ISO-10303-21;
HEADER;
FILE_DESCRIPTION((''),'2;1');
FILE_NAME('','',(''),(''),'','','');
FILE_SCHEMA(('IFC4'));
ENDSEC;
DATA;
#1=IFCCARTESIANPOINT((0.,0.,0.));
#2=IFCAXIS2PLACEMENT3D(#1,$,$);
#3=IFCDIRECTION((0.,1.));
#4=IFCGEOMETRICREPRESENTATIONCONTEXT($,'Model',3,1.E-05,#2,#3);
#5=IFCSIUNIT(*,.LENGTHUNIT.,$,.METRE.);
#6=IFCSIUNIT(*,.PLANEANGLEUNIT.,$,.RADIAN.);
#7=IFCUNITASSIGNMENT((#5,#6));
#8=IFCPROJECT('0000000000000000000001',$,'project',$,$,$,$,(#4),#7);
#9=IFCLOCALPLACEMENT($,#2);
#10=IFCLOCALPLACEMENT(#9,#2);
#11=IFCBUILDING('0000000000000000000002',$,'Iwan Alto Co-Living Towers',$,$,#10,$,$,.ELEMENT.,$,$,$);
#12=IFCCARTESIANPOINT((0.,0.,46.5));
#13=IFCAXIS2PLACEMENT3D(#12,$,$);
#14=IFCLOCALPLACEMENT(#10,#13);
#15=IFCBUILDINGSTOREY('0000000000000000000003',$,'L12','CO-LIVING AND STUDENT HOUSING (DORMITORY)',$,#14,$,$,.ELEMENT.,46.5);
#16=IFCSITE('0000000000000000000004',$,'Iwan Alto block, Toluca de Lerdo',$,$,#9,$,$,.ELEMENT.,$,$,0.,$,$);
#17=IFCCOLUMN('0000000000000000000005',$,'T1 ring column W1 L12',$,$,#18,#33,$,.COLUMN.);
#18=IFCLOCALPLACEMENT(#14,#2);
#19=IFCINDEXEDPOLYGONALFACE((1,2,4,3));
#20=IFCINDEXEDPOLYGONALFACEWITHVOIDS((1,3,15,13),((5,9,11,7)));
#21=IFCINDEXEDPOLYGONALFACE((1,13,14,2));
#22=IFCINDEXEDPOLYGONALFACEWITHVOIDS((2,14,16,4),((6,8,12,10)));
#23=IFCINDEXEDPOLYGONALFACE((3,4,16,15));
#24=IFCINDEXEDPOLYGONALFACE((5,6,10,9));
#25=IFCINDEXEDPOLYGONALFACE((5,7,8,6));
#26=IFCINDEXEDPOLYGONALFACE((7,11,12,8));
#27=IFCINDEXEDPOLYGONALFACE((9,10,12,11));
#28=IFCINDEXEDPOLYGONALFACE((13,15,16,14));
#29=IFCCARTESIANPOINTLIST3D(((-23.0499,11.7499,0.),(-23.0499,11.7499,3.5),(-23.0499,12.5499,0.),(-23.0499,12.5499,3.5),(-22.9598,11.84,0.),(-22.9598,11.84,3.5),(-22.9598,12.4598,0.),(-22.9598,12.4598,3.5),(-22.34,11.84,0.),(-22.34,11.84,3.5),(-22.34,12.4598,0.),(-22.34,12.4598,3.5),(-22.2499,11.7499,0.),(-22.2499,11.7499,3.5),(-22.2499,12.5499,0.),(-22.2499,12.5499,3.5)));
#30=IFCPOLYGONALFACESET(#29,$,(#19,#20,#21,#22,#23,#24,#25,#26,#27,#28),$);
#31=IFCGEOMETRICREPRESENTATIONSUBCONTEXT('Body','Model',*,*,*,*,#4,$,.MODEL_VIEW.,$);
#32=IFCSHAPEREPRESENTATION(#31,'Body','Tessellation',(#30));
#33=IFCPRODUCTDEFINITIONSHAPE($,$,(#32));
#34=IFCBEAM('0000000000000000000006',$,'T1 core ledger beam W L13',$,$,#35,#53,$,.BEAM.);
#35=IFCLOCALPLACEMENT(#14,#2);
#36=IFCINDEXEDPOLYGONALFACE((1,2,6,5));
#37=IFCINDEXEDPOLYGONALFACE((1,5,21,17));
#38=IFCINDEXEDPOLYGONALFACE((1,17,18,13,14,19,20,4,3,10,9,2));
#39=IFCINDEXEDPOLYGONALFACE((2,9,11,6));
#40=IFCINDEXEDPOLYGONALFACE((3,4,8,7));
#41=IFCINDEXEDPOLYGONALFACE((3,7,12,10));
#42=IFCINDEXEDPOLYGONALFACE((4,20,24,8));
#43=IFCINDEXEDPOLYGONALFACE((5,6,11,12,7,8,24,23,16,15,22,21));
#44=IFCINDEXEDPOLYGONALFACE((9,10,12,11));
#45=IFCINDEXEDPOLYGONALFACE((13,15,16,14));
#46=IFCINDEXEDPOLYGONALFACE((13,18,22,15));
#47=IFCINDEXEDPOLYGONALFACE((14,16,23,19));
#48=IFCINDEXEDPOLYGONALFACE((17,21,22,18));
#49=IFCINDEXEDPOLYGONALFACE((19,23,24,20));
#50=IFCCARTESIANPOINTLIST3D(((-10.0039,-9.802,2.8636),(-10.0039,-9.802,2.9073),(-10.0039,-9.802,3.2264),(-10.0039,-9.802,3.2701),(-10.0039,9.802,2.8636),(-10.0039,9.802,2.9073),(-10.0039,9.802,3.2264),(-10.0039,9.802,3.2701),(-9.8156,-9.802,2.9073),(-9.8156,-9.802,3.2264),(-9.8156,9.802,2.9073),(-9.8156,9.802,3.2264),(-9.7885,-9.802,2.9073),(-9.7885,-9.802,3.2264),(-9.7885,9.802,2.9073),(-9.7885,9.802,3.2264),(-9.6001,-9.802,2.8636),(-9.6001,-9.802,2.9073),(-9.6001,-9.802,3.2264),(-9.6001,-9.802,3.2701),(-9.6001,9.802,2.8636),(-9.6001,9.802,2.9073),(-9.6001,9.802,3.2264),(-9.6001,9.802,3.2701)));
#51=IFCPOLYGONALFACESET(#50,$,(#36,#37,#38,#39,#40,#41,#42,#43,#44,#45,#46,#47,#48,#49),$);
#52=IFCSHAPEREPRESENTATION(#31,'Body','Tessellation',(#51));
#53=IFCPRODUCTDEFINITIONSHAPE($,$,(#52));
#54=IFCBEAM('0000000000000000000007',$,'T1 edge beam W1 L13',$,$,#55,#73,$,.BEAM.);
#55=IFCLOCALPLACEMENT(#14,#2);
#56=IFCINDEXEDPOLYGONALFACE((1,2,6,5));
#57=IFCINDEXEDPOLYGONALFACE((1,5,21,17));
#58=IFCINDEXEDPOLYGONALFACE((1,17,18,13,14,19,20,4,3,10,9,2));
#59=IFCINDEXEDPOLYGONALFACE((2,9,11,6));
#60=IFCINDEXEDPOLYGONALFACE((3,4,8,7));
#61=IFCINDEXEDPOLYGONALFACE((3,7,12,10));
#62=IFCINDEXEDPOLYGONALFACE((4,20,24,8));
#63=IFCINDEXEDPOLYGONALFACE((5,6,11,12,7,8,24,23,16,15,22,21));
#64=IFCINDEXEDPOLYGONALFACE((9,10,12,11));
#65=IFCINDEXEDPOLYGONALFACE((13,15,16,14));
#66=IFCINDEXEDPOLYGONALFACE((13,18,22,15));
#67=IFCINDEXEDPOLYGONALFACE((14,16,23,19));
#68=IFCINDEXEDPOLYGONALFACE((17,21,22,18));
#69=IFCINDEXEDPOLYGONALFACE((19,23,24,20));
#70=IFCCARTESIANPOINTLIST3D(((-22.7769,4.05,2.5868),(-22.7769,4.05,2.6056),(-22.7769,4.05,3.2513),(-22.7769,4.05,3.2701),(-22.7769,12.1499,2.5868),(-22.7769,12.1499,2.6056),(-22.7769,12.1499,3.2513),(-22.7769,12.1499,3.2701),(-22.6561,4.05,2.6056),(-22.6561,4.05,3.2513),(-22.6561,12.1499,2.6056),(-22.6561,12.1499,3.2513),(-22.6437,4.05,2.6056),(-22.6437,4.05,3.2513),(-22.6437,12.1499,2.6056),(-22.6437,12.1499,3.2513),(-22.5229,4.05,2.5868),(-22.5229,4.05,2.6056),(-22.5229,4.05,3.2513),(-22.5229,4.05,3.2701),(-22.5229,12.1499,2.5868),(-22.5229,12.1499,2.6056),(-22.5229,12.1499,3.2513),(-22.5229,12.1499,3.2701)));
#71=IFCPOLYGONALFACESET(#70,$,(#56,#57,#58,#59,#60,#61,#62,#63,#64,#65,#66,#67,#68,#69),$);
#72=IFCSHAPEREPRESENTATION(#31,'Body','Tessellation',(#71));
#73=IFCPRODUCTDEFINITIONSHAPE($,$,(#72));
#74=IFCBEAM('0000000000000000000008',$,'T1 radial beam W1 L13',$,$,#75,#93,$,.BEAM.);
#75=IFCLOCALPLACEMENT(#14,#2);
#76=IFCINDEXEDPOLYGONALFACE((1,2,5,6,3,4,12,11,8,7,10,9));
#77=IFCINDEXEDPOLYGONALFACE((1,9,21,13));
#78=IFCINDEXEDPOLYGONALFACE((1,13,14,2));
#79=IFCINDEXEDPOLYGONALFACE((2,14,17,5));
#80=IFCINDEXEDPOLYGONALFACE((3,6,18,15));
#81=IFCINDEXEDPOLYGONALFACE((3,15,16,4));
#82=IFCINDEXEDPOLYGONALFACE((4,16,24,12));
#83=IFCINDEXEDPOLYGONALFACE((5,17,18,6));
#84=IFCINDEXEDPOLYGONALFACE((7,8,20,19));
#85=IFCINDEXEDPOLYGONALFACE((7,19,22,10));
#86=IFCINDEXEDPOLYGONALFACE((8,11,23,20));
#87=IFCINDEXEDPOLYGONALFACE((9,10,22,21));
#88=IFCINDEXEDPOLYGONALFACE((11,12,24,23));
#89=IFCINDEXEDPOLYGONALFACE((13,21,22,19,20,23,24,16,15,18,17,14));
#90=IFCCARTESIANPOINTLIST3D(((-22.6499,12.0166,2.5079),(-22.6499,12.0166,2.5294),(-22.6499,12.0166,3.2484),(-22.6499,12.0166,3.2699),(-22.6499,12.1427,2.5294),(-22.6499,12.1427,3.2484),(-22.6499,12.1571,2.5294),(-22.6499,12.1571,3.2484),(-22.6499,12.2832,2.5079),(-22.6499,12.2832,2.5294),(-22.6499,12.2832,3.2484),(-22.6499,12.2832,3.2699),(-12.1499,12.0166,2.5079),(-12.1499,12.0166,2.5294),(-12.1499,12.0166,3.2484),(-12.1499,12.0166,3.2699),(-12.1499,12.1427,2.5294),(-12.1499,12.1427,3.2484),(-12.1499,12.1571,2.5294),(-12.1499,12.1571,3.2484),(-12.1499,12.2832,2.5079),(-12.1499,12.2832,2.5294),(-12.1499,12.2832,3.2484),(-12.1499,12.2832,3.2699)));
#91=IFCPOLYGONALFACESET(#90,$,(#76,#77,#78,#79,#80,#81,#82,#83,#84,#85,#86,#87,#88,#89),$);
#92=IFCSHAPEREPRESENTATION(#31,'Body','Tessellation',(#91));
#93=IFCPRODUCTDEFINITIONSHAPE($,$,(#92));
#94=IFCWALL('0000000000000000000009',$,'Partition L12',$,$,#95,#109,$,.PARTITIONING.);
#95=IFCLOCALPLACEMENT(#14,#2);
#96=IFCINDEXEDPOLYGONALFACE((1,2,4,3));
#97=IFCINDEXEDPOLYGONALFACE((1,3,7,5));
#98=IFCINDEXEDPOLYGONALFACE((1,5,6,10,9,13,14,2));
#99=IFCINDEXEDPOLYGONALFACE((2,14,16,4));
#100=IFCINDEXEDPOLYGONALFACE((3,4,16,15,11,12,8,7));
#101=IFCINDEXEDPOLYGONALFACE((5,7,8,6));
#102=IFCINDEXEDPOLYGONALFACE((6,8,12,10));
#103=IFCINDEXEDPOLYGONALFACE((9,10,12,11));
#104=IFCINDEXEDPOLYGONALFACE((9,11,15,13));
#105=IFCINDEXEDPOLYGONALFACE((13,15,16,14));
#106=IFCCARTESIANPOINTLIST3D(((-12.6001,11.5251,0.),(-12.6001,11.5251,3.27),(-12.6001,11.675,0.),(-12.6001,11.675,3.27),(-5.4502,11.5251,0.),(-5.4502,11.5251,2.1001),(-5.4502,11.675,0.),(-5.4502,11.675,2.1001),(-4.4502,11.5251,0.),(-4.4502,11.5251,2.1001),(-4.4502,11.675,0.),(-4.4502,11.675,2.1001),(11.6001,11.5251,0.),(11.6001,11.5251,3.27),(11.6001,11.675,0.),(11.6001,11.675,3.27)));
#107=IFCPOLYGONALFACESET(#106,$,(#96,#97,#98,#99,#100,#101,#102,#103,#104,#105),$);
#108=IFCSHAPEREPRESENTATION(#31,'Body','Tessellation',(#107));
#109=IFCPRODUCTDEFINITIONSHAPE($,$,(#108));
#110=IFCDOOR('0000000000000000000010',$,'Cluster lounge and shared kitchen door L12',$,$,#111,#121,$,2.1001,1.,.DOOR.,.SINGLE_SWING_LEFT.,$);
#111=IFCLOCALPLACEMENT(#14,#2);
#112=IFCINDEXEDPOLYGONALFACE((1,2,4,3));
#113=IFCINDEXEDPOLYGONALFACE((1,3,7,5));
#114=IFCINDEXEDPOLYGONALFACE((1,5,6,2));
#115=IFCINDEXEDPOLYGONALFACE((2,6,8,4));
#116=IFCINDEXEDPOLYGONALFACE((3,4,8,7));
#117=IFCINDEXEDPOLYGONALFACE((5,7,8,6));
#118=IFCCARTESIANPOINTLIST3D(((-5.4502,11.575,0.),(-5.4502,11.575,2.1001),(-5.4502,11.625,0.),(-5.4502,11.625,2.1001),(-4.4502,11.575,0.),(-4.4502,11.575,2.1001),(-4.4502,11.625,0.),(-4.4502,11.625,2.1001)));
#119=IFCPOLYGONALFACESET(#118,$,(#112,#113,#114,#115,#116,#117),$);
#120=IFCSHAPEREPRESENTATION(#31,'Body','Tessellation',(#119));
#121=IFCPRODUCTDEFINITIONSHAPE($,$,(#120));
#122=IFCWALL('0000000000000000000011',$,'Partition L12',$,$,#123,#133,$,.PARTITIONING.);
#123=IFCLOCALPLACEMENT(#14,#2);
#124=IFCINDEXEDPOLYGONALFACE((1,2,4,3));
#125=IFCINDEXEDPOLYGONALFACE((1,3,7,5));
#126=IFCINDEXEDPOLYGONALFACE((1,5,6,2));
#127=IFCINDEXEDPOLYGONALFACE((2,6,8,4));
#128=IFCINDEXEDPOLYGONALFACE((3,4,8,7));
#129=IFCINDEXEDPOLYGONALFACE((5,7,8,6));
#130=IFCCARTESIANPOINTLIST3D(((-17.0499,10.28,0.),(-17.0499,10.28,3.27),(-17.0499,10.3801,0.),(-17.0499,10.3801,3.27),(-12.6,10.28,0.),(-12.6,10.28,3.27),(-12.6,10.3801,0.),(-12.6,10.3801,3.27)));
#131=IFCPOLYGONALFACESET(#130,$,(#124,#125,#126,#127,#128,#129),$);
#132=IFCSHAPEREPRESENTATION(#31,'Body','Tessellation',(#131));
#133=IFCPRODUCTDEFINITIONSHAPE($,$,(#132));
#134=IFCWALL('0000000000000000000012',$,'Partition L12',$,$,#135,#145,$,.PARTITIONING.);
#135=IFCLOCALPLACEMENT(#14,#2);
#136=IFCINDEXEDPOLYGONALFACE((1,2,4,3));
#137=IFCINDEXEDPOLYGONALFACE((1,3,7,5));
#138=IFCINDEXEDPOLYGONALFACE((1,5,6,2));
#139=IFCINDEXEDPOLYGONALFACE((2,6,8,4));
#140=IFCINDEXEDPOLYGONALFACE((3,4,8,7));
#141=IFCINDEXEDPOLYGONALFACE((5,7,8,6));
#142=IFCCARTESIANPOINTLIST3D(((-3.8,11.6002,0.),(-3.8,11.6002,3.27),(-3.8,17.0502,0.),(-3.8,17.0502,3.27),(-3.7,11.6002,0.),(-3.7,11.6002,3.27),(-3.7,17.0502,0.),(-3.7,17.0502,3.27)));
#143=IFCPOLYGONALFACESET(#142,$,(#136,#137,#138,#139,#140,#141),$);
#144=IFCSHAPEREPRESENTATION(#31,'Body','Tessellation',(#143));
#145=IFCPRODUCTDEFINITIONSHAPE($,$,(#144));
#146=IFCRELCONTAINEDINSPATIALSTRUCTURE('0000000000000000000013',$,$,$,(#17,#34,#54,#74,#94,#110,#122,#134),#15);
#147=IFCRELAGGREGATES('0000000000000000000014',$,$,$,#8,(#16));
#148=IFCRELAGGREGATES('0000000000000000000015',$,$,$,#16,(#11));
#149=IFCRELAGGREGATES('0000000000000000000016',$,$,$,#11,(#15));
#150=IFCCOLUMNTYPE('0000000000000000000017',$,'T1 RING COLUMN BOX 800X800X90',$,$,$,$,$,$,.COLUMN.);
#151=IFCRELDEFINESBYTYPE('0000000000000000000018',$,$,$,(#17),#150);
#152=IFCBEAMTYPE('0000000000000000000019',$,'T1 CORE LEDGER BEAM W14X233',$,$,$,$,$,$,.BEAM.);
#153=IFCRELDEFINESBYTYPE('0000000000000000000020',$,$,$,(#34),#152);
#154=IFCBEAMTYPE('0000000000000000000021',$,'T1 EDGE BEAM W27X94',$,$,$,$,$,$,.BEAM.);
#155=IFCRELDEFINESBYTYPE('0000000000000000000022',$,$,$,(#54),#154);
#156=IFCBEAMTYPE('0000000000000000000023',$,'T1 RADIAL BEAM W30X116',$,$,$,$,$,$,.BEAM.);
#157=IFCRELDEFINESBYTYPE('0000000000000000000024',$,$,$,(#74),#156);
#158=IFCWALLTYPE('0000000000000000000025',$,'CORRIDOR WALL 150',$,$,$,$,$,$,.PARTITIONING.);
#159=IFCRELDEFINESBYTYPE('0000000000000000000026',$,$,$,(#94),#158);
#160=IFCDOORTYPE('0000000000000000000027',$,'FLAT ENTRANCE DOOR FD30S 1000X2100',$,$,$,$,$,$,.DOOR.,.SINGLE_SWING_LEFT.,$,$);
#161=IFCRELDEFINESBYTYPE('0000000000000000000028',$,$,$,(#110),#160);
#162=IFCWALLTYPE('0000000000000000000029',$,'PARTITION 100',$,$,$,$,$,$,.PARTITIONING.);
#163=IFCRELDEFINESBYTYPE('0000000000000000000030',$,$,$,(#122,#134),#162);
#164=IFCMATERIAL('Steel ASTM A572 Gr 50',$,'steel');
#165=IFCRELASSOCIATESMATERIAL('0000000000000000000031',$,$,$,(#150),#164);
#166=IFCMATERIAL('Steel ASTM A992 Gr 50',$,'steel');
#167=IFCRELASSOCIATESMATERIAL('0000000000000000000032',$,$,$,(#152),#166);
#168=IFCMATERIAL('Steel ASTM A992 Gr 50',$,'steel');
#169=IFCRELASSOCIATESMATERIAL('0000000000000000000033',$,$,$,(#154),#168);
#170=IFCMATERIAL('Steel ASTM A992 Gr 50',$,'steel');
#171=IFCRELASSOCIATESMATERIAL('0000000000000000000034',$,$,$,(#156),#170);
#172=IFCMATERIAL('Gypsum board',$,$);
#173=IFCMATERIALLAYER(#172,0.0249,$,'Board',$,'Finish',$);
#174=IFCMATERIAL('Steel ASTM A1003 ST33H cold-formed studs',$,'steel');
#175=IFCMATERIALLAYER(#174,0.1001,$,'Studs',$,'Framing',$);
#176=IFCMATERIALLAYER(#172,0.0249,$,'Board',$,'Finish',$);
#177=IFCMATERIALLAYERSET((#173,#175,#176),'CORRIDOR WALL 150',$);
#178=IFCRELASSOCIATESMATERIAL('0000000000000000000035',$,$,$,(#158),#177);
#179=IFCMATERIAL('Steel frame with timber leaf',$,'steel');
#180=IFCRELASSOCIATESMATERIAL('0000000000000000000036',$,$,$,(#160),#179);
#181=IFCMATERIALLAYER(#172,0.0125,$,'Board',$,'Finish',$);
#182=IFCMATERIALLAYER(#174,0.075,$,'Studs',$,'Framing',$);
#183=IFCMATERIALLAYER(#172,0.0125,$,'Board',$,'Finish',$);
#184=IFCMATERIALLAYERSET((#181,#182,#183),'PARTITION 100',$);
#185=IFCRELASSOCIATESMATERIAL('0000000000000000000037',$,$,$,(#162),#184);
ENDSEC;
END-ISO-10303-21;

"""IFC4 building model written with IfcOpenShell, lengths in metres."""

from ifc_helpers import new_model, si_unit, direction, frame, frame_2d, origin, origin_2d, place, context, subcontext, project, spatial, rectangle, hollow_rectangle, i_section, extrude, material, layer, layer_set, material_profile, profile_set, type_object, element, fill, save


model = new_model("IFC4")

# Units and contexts
model_context = context("Model", 3, precision=1e-05, world=origin(), true_north=direction((0.0, 1.0)))
body_context = subcontext(model_context, "Body", "Model", "MODEL_VIEW")
ifc_project = project(units=[si_unit("LENGTHUNIT", "METRE"), si_unit("PLANEANGLEUNIT", "RADIAN")], contexts=[model_context])

# Site, building, storey
site_placement = place(None, origin())
site = spatial("IfcSite", under=ifc_project, at=site_placement, Name="Iwan Alto block, Toluca de Lerdo", CompositionType="ELEMENT", RefElevation=0.0)
building_placement = place(site_placement, origin())
building = spatial("IfcBuilding", under=site, at=building_placement, Name="Iwan Alto Co-Living Towers", CompositionType="ELEMENT")
storey_placement = place(building_placement, frame((0.0, 0.0, 46.5)))
storey = spatial("IfcBuildingStorey", under=building, at=storey_placement, Name="L12", Description="CO-LIVING AND STUDENT HOUSING (DORMITORY)", CompositionType="ELEMENT", Elevation=46.5)

# Column
ifc_material_1 = material(Name="Steel ASTM A572 Gr 50", Category="steel")
ifc_material_profile_1 = material_profile(ifc_material_1, hollow_rectangle(XDim=0.8, YDim=0.8, WallThickness=0.0901, at=origin_2d()), Name="BOX 800X800X90")
ifc_profile_set_1 = profile_set([ifc_material_profile_1], Name="Steel ASTM A572 Gr 50")
column_type = type_object("IfcColumnType", Name="T1 RING COLUMN BOX 800X800X90", PredefinedType="COLUMN", material=ifc_profile_set_1)
column_placement = place(storey_placement, frame((-22.6499, 12.1499, 0.0), z_axis=(0.0, 0.0, 1.0), x_axis=(1.0, 0.0, 0.0)))
element("IfcColumn", 1, at=column_placement, inside=storey, type_object=column_type, Name="T1 ring column W1 L12", PredefinedType="COLUMN", context=body_context, shape_type="SweptSolid", body=[
    extrude(hollow_rectangle(XDim=0.8, YDim=0.8, WallThickness=0.0901, at=origin_2d()), origin(), (0.0, 0.0, 1.0), 3.5),
])

# Beams
ifc_material_2 = material(Name="Steel ASTM A992 Gr 50", Category="steel")
ifc_material_profile_2 = material_profile(ifc_material_2, i_section(OverallWidth=0.4038, OverallDepth=0.4065, WebThickness=0.0271, FlangeThickness=0.0437, at=origin_2d()), Name="W14X233")
ifc_profile_set_2 = profile_set([ifc_material_profile_2], Name="Steel ASTM A992 Gr 50")
beam_type_1 = type_object("IfcBeamType", Name="T1 CORE LEDGER BEAM W14X233", PredefinedType="BEAM", material=ifc_profile_set_2)
beam_1_placement = place(storey_placement, frame((-9.802, 9.802, 3.0669), z_axis=(0.0, -1.0, 0.0), x_axis=(1.0, 0.0, 0.0)))
element("IfcBeam", 2, at=beam_1_placement, inside=storey, type_object=beam_type_1, Name="T1 core ledger beam W L13", PredefinedType="BEAM", context=body_context, shape_type="SweptSolid", body=[
    extrude(i_section(OverallWidth=0.4038, OverallDepth=0.4065, WebThickness=0.0271, FlangeThickness=0.0437, at=origin_2d()), origin(), (0.0, 0.0, 1.0), 19.604),
])
ifc_material_3 = material(Name="Steel ASTM A992 Gr 50", Category="steel")
ifc_material_profile_3 = material_profile(ifc_material_3, i_section(OverallWidth=0.2539, OverallDepth=0.6833, WebThickness=0.0125, FlangeThickness=0.0188, at=origin_2d()), Name="W27X94")
ifc_profile_set_3 = profile_set([ifc_material_profile_3], Name="Steel ASTM A992 Gr 50")
beam_type_2 = type_object("IfcBeamType", Name="T1 EDGE BEAM W27X94", PredefinedType="BEAM", material=ifc_profile_set_3)
beam_2_placement = place(storey_placement, frame((-22.6499, 12.1499, 2.9285), z_axis=(0.0, -1.0, 0.0), x_axis=(1.0, 0.0, 0.0)))
element("IfcBeam", 3, at=beam_2_placement, inside=storey, type_object=beam_type_2, Name="T1 edge beam W1 L13", PredefinedType="BEAM", context=body_context, shape_type="SweptSolid", body=[
    extrude(i_section(OverallWidth=0.2539, OverallDepth=0.6833, WebThickness=0.0125, FlangeThickness=0.0188, at=origin_2d()), origin(), (0.0, 0.0, 1.0), 8.0999),
])
ifc_material_4 = material(Name="Steel ASTM A992 Gr 50", Category="steel")
ifc_material_profile_4 = material_profile(ifc_material_4, i_section(OverallWidth=0.2666, OverallDepth=0.762, WebThickness=0.0144, FlangeThickness=0.0215, at=origin_2d()), Name="W30X116")
ifc_profile_set_4 = profile_set([ifc_material_profile_4], Name="Steel ASTM A992 Gr 50")
beam_type_3 = type_object("IfcBeamType", Name="T1 RADIAL BEAM W30X116", PredefinedType="BEAM", material=ifc_profile_set_4)
beam_3_placement = place(storey_placement, frame((-22.6499, 12.1499, 2.8889), z_axis=(1.0, 0.0, 0.0), x_axis=(0.0, 1.0, 0.0)))
element("IfcBeam", 4, at=beam_3_placement, inside=storey, type_object=beam_type_3, Name="T1 radial beam W1 L13", PredefinedType="BEAM", context=body_context, shape_type="SweptSolid", body=[
    extrude(i_section(OverallWidth=0.2666, OverallDepth=0.762, WebThickness=0.0144, FlangeThickness=0.0215, at=origin_2d()), origin(), (0.0, 0.0, 1.0), 10.5),
])

# Wall, opening, door
ifc_material_5 = material(Name="Gypsum board")
ifc_layer_1 = layer(ifc_material_5, 0.0249, Name="Board", Category="Finish")
ifc_material_6 = material(Name="Steel ASTM A1003 ST33H cold-formed studs", Category="steel")
ifc_layer_2 = layer(ifc_material_6, 0.1001, Name="Studs", Category="Framing")
ifc_layer_3 = layer(ifc_material_5, 0.0249, Name="Board", Category="Finish")
ifc_layer_set_1 = layer_set([ifc_layer_1, ifc_layer_2, ifc_layer_3], Name="CORRIDOR WALL 150")
wall_type_1 = type_object("IfcWallType", Name="CORRIDOR WALL 150", PredefinedType="PARTITIONING", material=ifc_layer_set_1)
wall_1_placement = place(storey_placement, frame((-12.6001, 11.6001, 0.0), z_axis=(0.0, 0.0, 1.0), x_axis=(1.0, 0.0, 0.0)))
wall_1 = element("IfcWall", 5, at=wall_1_placement, inside=storey, type_object=wall_type_1, Name="Partition L12", PredefinedType="PARTITIONING", context=body_context, shape_type="SweptSolid", body=[
    extrude(rectangle(XDim=24.2002, YDim=0.1499, at=frame_2d((12.1001, 0.0))), origin(), (0.0, 0.0, 1.0), 3.27),
])
opening_1_placement = place(wall_1_placement, frame((7.1499, 0.0, 0.0)))
opening_1 = element("IfcOpeningElement", 6, at=opening_1_placement, cuts=wall_1, PredefinedType="OPENING", context=body_context, shape_type="SweptSolid", body=[
    extrude(rectangle(XDim=1.0, YDim=2.1001, at=frame_2d((0.5, 1.05))), frame((0.0, 0.085, 0.0), z_axis=(0.0, -1.0, 0.0), x_axis=(1.0, 0.0, 0.0)), (0.0, 0.0, 1.0), 0.1699),
])
ifc_material_7 = material(Name="Steel frame with timber leaf", Category="steel")
door_type_1 = type_object("IfcDoorType", Name="FLAT ENTRANCE DOOR FD30S 1000X2100", OperationType="SINGLE_SWING_LEFT", PredefinedType="DOOR", material=ifc_material_7)
door_1_placement = place(opening_1_placement, origin())
door_1 = element("IfcDoor", 7, at=door_1_placement, inside=storey, type_object=door_type_1, Name="Cluster lounge and shared kitchen door L12", OperationType="SINGLE_SWING_LEFT", OverallHeight=2.1001, OverallWidth=1.0, PredefinedType="DOOR", context=body_context, shape_type="SweptSolid", body=[
    extrude(rectangle(XDim=1.0, YDim=2.1001, at=frame_2d((0.5, 1.05))), frame((0.0, 0.0249, 0.0), z_axis=(0.0, -1.0, 0.0), x_axis=(1.0, 0.0, 0.0)), (0.0, 0.0, 1.0), 0.05),
])
fill(opening_1, door_1)

# Walls
ifc_layer_4 = layer(ifc_material_5, 0.0125, Name="Board", Category="Finish")
ifc_layer_5 = layer(ifc_material_6, 0.075, Name="Studs", Category="Framing")
ifc_layer_6 = layer(ifc_material_5, 0.0125, Name="Board", Category="Finish")
ifc_layer_set_2 = layer_set([ifc_layer_4, ifc_layer_5, ifc_layer_6], Name="PARTITION 100")
wall_type_2 = type_object("IfcWallType", Name="PARTITION 100", PredefinedType="PARTITIONING", material=ifc_layer_set_2)
wall_2_placement = place(storey_placement, frame((-17.05, 10.3301, 0.0), z_axis=(0.0, 0.0, 1.0), x_axis=(1.0, 0.0, 0.0)))
element("IfcWall", 8, at=wall_2_placement, inside=storey, type_object=wall_type_2, Name="Partition L12", PredefinedType="PARTITIONING", context=body_context, shape_type="SweptSolid", body=[
    extrude(rectangle(XDim=4.45, YDim=0.1001, at=frame_2d((2.2251, 0.0))), origin(), (0.0, 0.0, 1.0), 3.27),
])
wall_3_placement = place(storey_placement, frame((-3.75, 11.6001, 0.0), z_axis=(0.0, 0.0, 1.0), x_axis=(0.0, 1.0, 0.0)))
element("IfcWall", 9, at=wall_3_placement, inside=storey, type_object=wall_type_2, Name="Partition L12", PredefinedType="PARTITIONING", context=body_context, shape_type="SweptSolid", body=[
    extrude(rectangle(XDim=5.45, YDim=0.1001, at=frame_2d((2.7251, 0.0))), origin(), (0.0, 0.0, 1.0), 3.27),
])

save(model, "model.ifc")
